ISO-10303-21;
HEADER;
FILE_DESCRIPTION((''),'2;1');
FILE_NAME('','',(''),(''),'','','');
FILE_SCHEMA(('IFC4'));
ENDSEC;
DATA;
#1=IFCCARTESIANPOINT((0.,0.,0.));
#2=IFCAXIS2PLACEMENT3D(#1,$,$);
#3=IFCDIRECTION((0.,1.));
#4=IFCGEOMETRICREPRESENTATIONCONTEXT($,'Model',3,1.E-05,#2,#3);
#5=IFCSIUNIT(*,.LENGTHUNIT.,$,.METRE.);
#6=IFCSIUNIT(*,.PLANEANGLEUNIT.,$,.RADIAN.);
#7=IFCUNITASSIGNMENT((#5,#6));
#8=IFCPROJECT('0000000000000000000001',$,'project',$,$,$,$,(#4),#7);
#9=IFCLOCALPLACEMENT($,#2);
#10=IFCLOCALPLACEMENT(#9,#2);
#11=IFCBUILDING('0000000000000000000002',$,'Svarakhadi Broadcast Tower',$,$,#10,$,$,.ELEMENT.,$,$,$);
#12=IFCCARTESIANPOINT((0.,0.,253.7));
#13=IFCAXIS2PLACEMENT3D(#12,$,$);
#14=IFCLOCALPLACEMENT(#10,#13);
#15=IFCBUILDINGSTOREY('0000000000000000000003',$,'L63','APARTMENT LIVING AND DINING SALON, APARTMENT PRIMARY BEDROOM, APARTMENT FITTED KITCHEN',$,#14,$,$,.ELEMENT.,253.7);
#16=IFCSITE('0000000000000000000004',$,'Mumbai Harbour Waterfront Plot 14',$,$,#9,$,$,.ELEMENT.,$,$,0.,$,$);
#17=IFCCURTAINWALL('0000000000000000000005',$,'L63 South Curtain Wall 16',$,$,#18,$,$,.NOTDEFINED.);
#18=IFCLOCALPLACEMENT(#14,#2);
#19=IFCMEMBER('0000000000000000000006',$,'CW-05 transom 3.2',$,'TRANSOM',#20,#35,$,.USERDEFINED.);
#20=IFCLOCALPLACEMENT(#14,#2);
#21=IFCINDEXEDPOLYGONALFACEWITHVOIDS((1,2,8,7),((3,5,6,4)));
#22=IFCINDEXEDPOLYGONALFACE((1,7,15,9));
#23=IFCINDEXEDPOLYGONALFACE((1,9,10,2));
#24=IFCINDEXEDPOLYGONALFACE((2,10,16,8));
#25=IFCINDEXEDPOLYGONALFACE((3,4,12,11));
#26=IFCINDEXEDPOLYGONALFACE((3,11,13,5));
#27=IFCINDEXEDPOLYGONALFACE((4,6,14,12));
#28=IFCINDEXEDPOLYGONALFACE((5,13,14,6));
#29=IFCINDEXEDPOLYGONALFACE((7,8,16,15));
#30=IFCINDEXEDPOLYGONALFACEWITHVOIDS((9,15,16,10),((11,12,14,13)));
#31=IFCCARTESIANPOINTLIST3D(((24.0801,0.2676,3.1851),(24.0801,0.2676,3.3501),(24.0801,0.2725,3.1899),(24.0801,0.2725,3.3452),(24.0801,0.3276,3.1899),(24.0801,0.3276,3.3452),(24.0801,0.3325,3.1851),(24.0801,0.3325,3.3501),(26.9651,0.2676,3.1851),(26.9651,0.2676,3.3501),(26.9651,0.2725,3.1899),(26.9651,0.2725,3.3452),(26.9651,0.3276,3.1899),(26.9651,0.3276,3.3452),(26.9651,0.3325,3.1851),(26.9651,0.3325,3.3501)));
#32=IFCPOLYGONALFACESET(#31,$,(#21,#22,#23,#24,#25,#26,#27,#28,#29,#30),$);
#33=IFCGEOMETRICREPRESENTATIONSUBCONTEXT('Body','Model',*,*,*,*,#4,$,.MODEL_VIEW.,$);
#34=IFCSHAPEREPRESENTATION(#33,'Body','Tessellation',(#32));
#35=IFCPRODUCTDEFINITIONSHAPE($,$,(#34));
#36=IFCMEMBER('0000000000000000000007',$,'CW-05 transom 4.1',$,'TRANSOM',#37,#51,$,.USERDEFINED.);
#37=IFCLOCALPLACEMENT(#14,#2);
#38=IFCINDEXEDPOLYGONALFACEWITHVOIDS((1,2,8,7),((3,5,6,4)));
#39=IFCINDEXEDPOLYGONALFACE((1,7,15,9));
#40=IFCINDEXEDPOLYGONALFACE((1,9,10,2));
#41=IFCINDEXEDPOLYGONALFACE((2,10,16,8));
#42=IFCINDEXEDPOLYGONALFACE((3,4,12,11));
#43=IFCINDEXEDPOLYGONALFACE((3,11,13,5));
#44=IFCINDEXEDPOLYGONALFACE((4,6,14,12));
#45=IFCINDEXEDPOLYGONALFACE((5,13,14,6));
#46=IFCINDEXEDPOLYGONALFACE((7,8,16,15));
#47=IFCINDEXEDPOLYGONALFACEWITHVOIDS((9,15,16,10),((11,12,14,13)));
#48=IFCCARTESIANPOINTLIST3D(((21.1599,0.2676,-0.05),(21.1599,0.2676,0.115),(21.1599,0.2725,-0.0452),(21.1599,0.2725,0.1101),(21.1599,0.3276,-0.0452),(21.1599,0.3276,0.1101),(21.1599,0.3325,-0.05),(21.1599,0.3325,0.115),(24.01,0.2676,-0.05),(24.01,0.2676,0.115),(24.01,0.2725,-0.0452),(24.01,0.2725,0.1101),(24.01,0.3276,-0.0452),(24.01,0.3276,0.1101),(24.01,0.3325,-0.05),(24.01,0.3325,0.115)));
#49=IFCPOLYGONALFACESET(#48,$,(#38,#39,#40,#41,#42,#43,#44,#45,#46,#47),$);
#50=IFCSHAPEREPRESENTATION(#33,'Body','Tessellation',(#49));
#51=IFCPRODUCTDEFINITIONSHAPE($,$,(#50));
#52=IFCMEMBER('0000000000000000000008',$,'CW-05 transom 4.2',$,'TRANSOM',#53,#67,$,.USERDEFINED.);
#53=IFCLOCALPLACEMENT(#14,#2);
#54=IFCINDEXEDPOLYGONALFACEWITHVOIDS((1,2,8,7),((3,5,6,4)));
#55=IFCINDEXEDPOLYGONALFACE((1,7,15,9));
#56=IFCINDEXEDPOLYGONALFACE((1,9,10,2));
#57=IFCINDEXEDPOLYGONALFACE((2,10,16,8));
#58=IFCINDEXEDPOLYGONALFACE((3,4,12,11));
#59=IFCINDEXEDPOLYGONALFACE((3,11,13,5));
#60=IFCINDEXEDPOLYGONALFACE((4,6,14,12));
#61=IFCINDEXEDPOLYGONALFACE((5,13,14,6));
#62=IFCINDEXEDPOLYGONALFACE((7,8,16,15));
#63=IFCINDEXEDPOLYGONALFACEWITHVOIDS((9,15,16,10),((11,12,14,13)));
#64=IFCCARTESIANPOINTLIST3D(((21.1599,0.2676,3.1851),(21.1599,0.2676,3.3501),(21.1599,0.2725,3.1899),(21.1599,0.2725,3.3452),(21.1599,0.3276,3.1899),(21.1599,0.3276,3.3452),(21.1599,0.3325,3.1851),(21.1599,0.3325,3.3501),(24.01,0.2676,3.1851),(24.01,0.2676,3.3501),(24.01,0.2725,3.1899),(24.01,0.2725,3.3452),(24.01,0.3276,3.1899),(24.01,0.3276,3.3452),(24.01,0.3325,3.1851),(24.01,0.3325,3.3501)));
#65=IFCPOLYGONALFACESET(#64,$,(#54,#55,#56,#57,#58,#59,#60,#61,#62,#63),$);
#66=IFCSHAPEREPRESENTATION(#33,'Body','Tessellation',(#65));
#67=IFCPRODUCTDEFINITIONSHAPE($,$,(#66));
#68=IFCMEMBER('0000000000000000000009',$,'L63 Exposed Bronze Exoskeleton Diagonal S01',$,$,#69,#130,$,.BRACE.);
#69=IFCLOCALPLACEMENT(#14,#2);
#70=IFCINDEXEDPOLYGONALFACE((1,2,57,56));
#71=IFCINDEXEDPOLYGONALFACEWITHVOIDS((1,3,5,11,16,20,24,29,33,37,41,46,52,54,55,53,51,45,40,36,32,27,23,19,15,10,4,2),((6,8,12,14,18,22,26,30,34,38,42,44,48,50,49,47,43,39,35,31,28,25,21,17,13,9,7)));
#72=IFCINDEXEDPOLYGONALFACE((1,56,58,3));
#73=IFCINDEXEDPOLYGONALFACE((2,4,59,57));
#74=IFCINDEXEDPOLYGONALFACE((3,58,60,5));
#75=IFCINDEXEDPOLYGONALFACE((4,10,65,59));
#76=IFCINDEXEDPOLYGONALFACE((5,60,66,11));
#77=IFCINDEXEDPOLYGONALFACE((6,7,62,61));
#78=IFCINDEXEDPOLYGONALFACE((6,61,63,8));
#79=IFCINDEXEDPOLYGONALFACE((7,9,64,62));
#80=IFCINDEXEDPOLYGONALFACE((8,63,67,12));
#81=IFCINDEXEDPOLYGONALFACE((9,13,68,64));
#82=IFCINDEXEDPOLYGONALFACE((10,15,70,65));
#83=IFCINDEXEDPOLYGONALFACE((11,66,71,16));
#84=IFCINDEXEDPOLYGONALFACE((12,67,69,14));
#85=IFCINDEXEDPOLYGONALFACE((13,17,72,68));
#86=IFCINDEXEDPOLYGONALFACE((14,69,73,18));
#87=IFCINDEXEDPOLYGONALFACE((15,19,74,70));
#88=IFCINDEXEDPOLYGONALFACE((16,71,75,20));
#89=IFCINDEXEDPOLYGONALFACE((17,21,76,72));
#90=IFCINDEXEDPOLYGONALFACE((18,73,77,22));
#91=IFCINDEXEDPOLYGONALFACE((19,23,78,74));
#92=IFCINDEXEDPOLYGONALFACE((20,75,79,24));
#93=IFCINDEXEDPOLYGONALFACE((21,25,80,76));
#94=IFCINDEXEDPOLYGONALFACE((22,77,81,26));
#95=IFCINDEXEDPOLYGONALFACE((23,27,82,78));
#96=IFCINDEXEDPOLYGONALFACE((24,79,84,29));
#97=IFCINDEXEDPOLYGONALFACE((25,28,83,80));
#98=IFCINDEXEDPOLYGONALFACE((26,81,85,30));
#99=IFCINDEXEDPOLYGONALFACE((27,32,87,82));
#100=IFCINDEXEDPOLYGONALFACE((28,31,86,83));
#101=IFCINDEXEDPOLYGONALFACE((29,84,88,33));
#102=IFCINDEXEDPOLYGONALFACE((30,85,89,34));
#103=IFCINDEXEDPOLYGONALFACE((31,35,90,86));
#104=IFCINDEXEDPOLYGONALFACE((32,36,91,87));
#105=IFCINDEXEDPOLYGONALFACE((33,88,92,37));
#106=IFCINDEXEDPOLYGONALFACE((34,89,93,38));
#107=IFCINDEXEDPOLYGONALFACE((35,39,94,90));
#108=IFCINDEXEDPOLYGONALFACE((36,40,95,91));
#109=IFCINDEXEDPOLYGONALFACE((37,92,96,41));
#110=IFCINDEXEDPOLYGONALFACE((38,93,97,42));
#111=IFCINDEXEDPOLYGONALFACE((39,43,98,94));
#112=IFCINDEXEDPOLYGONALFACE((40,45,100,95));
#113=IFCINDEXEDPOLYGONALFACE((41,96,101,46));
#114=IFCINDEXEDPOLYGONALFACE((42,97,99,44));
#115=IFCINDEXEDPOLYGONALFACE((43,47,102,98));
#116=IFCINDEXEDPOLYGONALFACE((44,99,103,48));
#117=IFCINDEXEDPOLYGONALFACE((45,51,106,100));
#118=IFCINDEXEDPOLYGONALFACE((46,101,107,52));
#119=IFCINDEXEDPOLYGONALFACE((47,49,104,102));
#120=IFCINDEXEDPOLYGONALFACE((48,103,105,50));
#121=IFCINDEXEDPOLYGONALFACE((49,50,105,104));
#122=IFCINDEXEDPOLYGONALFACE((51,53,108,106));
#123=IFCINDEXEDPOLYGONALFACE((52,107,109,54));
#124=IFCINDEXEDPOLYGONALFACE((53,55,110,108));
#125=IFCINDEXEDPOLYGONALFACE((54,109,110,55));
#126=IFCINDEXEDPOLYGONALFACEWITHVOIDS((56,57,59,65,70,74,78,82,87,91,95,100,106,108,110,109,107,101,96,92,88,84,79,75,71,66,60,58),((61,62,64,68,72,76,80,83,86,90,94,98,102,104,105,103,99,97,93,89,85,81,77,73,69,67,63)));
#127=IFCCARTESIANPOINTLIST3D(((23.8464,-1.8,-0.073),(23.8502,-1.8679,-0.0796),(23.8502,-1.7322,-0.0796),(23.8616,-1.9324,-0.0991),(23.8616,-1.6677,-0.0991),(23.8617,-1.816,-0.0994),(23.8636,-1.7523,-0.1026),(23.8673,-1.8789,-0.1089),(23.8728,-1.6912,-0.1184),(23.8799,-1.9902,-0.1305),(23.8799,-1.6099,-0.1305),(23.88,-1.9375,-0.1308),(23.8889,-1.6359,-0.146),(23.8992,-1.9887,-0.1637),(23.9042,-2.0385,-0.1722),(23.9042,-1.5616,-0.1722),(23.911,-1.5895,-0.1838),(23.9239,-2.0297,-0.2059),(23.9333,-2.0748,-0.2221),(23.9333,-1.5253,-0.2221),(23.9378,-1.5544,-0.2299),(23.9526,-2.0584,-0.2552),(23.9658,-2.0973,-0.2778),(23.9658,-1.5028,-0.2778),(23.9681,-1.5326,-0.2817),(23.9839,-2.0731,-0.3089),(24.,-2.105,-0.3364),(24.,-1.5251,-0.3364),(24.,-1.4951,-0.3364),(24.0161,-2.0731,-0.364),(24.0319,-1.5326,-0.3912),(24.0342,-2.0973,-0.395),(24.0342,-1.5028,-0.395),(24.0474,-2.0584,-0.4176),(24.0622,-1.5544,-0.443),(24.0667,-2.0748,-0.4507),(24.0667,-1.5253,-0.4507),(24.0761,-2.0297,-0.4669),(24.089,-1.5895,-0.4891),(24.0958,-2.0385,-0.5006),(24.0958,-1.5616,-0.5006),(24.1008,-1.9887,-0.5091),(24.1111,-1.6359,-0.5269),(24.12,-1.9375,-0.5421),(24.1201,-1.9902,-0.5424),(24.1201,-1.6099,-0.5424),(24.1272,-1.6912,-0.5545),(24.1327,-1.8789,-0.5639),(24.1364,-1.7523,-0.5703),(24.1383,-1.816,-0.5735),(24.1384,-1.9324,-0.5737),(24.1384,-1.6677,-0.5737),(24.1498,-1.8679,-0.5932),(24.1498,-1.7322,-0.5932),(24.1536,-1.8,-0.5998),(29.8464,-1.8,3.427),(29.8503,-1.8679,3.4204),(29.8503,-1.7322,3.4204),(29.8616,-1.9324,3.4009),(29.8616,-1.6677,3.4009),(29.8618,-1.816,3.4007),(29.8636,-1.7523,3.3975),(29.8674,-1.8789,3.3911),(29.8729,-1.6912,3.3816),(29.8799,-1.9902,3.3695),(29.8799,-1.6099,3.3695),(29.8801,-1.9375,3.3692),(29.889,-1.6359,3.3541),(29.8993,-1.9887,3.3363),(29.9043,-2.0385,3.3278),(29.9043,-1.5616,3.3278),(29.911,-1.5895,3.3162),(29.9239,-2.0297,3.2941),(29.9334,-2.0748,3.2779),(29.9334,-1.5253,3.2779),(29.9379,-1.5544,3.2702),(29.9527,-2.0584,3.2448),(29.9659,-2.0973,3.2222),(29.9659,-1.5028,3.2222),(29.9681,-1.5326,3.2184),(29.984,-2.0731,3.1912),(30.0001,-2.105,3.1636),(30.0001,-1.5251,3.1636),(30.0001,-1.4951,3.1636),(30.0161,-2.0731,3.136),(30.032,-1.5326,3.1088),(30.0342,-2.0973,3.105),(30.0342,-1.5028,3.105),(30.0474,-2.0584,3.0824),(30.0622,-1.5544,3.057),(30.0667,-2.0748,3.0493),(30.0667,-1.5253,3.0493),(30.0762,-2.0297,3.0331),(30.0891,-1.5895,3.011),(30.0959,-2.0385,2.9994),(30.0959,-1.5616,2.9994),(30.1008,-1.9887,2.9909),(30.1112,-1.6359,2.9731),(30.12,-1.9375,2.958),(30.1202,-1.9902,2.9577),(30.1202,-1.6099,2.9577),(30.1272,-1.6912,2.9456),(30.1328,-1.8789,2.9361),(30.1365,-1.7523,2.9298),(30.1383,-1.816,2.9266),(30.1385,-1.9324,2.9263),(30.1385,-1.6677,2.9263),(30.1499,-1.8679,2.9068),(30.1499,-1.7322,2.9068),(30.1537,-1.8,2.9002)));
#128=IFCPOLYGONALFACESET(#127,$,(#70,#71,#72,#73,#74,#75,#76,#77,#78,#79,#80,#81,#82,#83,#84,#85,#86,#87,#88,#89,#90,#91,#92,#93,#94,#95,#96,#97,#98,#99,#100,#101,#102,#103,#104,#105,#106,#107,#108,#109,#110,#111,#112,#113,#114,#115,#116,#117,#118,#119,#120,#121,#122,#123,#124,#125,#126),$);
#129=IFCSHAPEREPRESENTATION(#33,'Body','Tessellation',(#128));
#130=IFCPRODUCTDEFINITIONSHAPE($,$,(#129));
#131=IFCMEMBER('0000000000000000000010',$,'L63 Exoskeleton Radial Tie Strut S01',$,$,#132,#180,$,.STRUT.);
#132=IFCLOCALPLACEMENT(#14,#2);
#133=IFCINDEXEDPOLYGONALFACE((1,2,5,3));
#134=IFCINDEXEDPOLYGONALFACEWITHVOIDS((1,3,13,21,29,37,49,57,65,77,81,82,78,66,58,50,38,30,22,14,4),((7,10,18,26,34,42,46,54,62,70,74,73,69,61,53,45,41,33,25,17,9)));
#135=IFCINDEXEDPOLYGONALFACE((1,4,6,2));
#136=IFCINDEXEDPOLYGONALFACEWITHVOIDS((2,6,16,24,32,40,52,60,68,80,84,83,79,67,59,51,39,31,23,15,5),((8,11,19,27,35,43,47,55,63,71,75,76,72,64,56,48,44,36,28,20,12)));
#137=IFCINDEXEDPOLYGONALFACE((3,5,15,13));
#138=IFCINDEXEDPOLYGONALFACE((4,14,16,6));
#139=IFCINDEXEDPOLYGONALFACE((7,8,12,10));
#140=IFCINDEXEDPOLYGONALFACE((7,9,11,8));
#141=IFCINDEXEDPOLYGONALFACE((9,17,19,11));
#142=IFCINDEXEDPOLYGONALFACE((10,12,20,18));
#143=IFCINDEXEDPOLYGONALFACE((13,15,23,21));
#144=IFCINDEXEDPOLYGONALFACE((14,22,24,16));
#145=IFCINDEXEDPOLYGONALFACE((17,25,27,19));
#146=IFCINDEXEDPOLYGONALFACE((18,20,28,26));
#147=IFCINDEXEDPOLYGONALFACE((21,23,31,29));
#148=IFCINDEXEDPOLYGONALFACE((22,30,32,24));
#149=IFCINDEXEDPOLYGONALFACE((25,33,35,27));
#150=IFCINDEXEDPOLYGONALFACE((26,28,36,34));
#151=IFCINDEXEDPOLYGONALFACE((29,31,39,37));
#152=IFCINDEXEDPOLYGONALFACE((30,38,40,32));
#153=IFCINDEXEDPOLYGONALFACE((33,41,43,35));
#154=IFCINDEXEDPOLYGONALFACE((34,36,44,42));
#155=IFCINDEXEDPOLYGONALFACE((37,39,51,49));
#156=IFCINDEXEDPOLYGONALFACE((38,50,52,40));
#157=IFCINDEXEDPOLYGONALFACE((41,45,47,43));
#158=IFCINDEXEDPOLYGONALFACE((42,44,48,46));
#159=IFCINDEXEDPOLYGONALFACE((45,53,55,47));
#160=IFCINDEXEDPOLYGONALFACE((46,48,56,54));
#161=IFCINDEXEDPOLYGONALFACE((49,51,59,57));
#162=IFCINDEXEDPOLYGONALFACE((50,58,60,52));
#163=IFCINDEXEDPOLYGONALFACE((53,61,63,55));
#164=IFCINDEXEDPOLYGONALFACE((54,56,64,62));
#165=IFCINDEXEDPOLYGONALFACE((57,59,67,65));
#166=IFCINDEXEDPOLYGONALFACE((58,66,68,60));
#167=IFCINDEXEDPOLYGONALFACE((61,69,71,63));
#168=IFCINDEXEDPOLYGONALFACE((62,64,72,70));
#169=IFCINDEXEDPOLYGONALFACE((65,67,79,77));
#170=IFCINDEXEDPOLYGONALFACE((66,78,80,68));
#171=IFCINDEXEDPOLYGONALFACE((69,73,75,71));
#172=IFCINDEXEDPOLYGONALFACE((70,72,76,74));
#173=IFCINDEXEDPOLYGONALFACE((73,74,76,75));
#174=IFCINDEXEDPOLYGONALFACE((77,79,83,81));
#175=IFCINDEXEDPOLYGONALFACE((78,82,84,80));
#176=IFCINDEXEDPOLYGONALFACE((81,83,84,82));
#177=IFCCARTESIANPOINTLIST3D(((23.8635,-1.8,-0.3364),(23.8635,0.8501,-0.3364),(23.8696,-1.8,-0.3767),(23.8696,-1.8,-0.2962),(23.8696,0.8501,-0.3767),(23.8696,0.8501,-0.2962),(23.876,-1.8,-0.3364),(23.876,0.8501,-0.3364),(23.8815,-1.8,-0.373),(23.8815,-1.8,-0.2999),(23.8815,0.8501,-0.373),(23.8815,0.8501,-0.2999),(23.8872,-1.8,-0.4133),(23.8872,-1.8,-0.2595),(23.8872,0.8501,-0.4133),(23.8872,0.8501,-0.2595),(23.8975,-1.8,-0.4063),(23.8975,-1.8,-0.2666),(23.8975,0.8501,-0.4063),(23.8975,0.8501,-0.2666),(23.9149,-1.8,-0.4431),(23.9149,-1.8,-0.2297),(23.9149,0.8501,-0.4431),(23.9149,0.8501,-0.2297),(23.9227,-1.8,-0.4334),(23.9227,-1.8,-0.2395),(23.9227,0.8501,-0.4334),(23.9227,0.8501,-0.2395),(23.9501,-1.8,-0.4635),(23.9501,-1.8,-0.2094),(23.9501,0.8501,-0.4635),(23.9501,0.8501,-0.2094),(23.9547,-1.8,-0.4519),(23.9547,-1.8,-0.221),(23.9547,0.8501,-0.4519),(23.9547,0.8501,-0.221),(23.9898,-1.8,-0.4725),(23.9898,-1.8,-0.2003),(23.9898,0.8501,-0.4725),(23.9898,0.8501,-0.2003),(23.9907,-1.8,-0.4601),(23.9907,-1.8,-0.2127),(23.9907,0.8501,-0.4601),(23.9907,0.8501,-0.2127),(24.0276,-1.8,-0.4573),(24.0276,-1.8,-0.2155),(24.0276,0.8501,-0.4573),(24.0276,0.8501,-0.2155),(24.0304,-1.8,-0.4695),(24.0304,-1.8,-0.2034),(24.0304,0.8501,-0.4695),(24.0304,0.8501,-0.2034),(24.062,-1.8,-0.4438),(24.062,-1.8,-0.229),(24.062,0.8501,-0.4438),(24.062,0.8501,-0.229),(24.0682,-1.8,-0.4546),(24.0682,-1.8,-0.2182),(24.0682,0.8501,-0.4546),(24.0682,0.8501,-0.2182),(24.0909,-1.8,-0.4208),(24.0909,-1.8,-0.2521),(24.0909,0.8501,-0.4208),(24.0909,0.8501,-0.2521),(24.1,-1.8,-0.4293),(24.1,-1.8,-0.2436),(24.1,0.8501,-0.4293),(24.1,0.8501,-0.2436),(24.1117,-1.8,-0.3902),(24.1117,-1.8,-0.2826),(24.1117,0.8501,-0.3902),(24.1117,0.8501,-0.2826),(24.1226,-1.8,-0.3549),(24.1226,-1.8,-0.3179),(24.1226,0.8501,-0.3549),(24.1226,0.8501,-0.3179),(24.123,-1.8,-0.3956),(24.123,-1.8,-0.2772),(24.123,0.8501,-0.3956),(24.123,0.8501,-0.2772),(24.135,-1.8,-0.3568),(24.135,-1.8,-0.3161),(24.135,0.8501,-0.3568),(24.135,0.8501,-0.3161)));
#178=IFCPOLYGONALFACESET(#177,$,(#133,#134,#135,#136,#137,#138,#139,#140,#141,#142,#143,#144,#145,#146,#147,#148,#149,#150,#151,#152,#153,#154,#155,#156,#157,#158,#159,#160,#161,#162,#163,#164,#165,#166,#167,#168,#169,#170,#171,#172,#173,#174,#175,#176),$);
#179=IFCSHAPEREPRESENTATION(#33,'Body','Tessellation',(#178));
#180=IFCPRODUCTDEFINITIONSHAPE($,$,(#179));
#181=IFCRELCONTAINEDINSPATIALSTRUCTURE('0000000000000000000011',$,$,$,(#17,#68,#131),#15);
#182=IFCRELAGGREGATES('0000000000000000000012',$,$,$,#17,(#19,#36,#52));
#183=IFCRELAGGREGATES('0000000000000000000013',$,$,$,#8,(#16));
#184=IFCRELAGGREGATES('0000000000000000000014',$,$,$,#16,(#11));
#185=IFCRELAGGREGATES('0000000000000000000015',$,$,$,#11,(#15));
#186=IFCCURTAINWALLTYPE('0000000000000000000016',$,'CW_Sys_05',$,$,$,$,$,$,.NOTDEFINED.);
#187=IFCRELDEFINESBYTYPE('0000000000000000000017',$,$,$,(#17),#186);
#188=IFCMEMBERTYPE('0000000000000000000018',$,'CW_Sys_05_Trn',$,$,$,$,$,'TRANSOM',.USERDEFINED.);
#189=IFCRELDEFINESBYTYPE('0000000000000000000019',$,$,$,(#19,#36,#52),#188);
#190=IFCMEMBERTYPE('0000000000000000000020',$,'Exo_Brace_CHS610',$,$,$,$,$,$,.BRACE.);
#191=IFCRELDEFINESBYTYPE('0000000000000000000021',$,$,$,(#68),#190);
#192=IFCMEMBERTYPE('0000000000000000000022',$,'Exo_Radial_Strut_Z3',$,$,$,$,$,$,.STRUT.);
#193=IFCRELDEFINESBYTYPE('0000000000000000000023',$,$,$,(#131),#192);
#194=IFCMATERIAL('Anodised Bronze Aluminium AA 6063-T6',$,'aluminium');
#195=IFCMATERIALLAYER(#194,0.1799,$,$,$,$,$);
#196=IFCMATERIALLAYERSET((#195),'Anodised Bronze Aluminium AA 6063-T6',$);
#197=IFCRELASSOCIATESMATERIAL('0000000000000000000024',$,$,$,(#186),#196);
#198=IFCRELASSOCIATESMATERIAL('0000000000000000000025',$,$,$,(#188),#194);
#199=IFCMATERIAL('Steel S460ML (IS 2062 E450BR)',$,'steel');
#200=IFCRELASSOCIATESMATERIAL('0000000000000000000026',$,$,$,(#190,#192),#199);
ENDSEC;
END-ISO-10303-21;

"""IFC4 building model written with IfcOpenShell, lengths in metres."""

from ifc_helpers import new_model, si_unit, direction, frame, origin, origin_2d, place, context, subcontext, project, spatial, hollow_rectangle, hollow_circle, extrude, material, layer, layer_set, material_profile, profile_set, type_object, element, aggregate, save


model = new_model("IFC4")

# Units and contexts
model_context = context("Model", 3, precision=1e-05, world=origin(), true_north=direction((0.0, 1.0)))
body_context = subcontext(model_context, "Body", "Model", "MODEL_VIEW")
ifc_project = project(units=[si_unit("LENGTHUNIT", "METRE"), si_unit("PLANEANGLEUNIT", "RADIAN")], contexts=[model_context])

# Site, building, storey
site_placement = place(None, origin())
site = spatial("IfcSite", under=ifc_project, at=site_placement, Name="Mumbai Harbour Waterfront Plot 14", CompositionType="ELEMENT", RefElevation=0.0)
building_placement = place(site_placement, origin())
building = spatial("IfcBuilding", under=site, at=building_placement, Name="Svarakhadi Broadcast Tower", CompositionType="ELEMENT")
storey_placement = place(building_placement, frame((0.0, 0.0, 253.7)))
storey = spatial("IfcBuildingStorey", under=building, at=storey_placement, Name="L63", Description="APARTMENT LIVING AND DINING SALON, APARTMENT PRIMARY BEDROOM, APARTMENT FITTED KITCHEN", CompositionType="ELEMENT", Elevation=253.7)

# Shared definitions
ifc_material_1 = material(Name="Steel S460ML (IS 2062 E450BR)", Category="steel")

# Curtain wall, members
ifc_material_2 = material(Name="Anodised Bronze Aluminium AA 6063-T6", Category="aluminium")
ifc_layer_1 = layer(ifc_material_2, 0.1799)
ifc_layer_set_1 = layer_set([ifc_layer_1], Name="Anodised Bronze Aluminium AA 6063-T6")
curtain_wall_type = type_object("IfcCurtainWallType", Name="CW_Sys_05", PredefinedType="NOTDEFINED", material=ifc_layer_set_1)
curtain_wall_placement = place(storey_placement, origin())
curtain_wall = element("IfcCurtainWall", 1, at=curtain_wall_placement, inside=storey, type_object=curtain_wall_type, Name="L63 South Curtain Wall 16", PredefinedType="NOTDEFINED")
ifc_material_profile_1 = material_profile(ifc_material_2, hollow_rectangle(XDim=0.0649, YDim=0.165, WallThickness=0.0049, at=origin_2d()), Name="ALU TRANSOM 165x65x5")
ifc_profile_set_1 = profile_set([ifc_material_profile_1], Name="Anodised Bronze Aluminium AA 6063-T6")
member_type_1 = type_object("IfcMemberType", Name="CW_Sys_05_Trn", ElementType="TRANSOM", PredefinedType="USERDEFINED", material=ifc_profile_set_1)
member_1_placement = place(storey_placement, frame((26.9651, 0.3, 3.2676), z_axis=(-1.0, 0.0, 0.0), x_axis=(0.0, -1.0, 0.0)))
member_1 = element("IfcMember", 2, at=member_1_placement, type_object=member_type_1, Name="CW-05 transom 3.2", ObjectType="TRANSOM", PredefinedType="USERDEFINED", context=body_context, shape_type="SweptSolid", body=[
    extrude(hollow_rectangle(XDim=0.0649, YDim=0.165, WallThickness=0.0049, at=origin_2d()), origin(), (0.0, 0.0, 1.0), 2.885),
])
member_2_placement = place(storey_placement, frame((24.01, 0.3, 0.0325), z_axis=(-1.0, 0.0, 0.0), x_axis=(0.0, -1.0, 0.0)))
member_2 = element("IfcMember", 3, at=member_2_placement, type_object=member_type_1, Name="CW-05 transom 4.1", ObjectType="TRANSOM", PredefinedType="USERDEFINED", context=body_context, shape_type="SweptSolid", body=[
    extrude(hollow_rectangle(XDim=0.0649, YDim=0.165, WallThickness=0.0049, at=origin_2d()), origin(), (0.0, 0.0, 1.0), 2.8501),
])
member_3_placement = place(storey_placement, frame((24.01, 0.3, 3.2676), z_axis=(-1.0, 0.0, 0.0), x_axis=(0.0, -1.0, 0.0)))
member_3 = element("IfcMember", 4, at=member_3_placement, type_object=member_type_1, Name="CW-05 transom 4.2", ObjectType="TRANSOM", PredefinedType="USERDEFINED", context=body_context, shape_type="SweptSolid", body=[
    extrude(hollow_rectangle(XDim=0.0649, YDim=0.165, WallThickness=0.0049, at=origin_2d()), origin(), (0.0, 0.0, 1.0), 2.8501),
])

# Members
ifc_material_profile_2 = material_profile(ifc_material_1, hollow_circle(Radius=0.3049, WallThickness=0.03, at=origin_2d()), Name="CHS 610x30")
ifc_profile_set_2 = profile_set([ifc_material_profile_2], Name="Steel S460ML (IS 2062 E450BR)")
member_type_2 = type_object("IfcMemberType", Name="Exo_Brace_CHS610", PredefinedType="BRACE", material=ifc_profile_set_2)
member_4_placement = place(storey_placement, frame((24.0, -1.8, -0.3364), z_axis=(0.863779, 0.0, 0.503871), x_axis=(0.0, 1.0, 0.0)))
element("IfcMember", 5, at=member_4_placement, inside=storey, type_object=member_type_2, Name="L63 Exposed Bronze Exoskeleton Diagonal S01", PredefinedType="BRACE", context=body_context, shape_type="SweptSolid", body=[
    extrude(hollow_circle(Radius=0.3049, WallThickness=0.03, at=origin_2d()), origin(), (0.0, 0.0, 1.0), 6.9463),
])
ifc_material_profile_3 = material_profile(ifc_material_1, hollow_circle(Radius=0.1365, WallThickness=0.0125, at=origin_2d()), Name="CHS 273x12.5")
ifc_profile_set_3 = profile_set([ifc_material_profile_3], Name="Steel S460ML (IS 2062 E450BR)")
member_type_3 = type_object("IfcMemberType", Name="Exo_Radial_Strut_Z3", PredefinedType="STRUT", material=ifc_profile_set_3)
member_5_placement = place(storey_placement, frame((24.0, -1.8, -0.3364), z_axis=(0.0, 1.0, 0.0), x_axis=(-1.0, 0.0, 0.0)))
element("IfcMember", 6, at=member_5_placement, inside=storey, type_object=member_type_3, Name="L63 Exoskeleton Radial Tie Strut S01", PredefinedType="STRUT", context=body_context, shape_type="SweptSolid", body=[
    extrude(hollow_circle(Radius=0.1365, WallThickness=0.0125, at=origin_2d()), origin(), (0.0, 0.0, 1.0), 2.6501),
])

aggregate(curtain_wall, [member_1, member_2, member_3])

save(model, "model.ifc")
